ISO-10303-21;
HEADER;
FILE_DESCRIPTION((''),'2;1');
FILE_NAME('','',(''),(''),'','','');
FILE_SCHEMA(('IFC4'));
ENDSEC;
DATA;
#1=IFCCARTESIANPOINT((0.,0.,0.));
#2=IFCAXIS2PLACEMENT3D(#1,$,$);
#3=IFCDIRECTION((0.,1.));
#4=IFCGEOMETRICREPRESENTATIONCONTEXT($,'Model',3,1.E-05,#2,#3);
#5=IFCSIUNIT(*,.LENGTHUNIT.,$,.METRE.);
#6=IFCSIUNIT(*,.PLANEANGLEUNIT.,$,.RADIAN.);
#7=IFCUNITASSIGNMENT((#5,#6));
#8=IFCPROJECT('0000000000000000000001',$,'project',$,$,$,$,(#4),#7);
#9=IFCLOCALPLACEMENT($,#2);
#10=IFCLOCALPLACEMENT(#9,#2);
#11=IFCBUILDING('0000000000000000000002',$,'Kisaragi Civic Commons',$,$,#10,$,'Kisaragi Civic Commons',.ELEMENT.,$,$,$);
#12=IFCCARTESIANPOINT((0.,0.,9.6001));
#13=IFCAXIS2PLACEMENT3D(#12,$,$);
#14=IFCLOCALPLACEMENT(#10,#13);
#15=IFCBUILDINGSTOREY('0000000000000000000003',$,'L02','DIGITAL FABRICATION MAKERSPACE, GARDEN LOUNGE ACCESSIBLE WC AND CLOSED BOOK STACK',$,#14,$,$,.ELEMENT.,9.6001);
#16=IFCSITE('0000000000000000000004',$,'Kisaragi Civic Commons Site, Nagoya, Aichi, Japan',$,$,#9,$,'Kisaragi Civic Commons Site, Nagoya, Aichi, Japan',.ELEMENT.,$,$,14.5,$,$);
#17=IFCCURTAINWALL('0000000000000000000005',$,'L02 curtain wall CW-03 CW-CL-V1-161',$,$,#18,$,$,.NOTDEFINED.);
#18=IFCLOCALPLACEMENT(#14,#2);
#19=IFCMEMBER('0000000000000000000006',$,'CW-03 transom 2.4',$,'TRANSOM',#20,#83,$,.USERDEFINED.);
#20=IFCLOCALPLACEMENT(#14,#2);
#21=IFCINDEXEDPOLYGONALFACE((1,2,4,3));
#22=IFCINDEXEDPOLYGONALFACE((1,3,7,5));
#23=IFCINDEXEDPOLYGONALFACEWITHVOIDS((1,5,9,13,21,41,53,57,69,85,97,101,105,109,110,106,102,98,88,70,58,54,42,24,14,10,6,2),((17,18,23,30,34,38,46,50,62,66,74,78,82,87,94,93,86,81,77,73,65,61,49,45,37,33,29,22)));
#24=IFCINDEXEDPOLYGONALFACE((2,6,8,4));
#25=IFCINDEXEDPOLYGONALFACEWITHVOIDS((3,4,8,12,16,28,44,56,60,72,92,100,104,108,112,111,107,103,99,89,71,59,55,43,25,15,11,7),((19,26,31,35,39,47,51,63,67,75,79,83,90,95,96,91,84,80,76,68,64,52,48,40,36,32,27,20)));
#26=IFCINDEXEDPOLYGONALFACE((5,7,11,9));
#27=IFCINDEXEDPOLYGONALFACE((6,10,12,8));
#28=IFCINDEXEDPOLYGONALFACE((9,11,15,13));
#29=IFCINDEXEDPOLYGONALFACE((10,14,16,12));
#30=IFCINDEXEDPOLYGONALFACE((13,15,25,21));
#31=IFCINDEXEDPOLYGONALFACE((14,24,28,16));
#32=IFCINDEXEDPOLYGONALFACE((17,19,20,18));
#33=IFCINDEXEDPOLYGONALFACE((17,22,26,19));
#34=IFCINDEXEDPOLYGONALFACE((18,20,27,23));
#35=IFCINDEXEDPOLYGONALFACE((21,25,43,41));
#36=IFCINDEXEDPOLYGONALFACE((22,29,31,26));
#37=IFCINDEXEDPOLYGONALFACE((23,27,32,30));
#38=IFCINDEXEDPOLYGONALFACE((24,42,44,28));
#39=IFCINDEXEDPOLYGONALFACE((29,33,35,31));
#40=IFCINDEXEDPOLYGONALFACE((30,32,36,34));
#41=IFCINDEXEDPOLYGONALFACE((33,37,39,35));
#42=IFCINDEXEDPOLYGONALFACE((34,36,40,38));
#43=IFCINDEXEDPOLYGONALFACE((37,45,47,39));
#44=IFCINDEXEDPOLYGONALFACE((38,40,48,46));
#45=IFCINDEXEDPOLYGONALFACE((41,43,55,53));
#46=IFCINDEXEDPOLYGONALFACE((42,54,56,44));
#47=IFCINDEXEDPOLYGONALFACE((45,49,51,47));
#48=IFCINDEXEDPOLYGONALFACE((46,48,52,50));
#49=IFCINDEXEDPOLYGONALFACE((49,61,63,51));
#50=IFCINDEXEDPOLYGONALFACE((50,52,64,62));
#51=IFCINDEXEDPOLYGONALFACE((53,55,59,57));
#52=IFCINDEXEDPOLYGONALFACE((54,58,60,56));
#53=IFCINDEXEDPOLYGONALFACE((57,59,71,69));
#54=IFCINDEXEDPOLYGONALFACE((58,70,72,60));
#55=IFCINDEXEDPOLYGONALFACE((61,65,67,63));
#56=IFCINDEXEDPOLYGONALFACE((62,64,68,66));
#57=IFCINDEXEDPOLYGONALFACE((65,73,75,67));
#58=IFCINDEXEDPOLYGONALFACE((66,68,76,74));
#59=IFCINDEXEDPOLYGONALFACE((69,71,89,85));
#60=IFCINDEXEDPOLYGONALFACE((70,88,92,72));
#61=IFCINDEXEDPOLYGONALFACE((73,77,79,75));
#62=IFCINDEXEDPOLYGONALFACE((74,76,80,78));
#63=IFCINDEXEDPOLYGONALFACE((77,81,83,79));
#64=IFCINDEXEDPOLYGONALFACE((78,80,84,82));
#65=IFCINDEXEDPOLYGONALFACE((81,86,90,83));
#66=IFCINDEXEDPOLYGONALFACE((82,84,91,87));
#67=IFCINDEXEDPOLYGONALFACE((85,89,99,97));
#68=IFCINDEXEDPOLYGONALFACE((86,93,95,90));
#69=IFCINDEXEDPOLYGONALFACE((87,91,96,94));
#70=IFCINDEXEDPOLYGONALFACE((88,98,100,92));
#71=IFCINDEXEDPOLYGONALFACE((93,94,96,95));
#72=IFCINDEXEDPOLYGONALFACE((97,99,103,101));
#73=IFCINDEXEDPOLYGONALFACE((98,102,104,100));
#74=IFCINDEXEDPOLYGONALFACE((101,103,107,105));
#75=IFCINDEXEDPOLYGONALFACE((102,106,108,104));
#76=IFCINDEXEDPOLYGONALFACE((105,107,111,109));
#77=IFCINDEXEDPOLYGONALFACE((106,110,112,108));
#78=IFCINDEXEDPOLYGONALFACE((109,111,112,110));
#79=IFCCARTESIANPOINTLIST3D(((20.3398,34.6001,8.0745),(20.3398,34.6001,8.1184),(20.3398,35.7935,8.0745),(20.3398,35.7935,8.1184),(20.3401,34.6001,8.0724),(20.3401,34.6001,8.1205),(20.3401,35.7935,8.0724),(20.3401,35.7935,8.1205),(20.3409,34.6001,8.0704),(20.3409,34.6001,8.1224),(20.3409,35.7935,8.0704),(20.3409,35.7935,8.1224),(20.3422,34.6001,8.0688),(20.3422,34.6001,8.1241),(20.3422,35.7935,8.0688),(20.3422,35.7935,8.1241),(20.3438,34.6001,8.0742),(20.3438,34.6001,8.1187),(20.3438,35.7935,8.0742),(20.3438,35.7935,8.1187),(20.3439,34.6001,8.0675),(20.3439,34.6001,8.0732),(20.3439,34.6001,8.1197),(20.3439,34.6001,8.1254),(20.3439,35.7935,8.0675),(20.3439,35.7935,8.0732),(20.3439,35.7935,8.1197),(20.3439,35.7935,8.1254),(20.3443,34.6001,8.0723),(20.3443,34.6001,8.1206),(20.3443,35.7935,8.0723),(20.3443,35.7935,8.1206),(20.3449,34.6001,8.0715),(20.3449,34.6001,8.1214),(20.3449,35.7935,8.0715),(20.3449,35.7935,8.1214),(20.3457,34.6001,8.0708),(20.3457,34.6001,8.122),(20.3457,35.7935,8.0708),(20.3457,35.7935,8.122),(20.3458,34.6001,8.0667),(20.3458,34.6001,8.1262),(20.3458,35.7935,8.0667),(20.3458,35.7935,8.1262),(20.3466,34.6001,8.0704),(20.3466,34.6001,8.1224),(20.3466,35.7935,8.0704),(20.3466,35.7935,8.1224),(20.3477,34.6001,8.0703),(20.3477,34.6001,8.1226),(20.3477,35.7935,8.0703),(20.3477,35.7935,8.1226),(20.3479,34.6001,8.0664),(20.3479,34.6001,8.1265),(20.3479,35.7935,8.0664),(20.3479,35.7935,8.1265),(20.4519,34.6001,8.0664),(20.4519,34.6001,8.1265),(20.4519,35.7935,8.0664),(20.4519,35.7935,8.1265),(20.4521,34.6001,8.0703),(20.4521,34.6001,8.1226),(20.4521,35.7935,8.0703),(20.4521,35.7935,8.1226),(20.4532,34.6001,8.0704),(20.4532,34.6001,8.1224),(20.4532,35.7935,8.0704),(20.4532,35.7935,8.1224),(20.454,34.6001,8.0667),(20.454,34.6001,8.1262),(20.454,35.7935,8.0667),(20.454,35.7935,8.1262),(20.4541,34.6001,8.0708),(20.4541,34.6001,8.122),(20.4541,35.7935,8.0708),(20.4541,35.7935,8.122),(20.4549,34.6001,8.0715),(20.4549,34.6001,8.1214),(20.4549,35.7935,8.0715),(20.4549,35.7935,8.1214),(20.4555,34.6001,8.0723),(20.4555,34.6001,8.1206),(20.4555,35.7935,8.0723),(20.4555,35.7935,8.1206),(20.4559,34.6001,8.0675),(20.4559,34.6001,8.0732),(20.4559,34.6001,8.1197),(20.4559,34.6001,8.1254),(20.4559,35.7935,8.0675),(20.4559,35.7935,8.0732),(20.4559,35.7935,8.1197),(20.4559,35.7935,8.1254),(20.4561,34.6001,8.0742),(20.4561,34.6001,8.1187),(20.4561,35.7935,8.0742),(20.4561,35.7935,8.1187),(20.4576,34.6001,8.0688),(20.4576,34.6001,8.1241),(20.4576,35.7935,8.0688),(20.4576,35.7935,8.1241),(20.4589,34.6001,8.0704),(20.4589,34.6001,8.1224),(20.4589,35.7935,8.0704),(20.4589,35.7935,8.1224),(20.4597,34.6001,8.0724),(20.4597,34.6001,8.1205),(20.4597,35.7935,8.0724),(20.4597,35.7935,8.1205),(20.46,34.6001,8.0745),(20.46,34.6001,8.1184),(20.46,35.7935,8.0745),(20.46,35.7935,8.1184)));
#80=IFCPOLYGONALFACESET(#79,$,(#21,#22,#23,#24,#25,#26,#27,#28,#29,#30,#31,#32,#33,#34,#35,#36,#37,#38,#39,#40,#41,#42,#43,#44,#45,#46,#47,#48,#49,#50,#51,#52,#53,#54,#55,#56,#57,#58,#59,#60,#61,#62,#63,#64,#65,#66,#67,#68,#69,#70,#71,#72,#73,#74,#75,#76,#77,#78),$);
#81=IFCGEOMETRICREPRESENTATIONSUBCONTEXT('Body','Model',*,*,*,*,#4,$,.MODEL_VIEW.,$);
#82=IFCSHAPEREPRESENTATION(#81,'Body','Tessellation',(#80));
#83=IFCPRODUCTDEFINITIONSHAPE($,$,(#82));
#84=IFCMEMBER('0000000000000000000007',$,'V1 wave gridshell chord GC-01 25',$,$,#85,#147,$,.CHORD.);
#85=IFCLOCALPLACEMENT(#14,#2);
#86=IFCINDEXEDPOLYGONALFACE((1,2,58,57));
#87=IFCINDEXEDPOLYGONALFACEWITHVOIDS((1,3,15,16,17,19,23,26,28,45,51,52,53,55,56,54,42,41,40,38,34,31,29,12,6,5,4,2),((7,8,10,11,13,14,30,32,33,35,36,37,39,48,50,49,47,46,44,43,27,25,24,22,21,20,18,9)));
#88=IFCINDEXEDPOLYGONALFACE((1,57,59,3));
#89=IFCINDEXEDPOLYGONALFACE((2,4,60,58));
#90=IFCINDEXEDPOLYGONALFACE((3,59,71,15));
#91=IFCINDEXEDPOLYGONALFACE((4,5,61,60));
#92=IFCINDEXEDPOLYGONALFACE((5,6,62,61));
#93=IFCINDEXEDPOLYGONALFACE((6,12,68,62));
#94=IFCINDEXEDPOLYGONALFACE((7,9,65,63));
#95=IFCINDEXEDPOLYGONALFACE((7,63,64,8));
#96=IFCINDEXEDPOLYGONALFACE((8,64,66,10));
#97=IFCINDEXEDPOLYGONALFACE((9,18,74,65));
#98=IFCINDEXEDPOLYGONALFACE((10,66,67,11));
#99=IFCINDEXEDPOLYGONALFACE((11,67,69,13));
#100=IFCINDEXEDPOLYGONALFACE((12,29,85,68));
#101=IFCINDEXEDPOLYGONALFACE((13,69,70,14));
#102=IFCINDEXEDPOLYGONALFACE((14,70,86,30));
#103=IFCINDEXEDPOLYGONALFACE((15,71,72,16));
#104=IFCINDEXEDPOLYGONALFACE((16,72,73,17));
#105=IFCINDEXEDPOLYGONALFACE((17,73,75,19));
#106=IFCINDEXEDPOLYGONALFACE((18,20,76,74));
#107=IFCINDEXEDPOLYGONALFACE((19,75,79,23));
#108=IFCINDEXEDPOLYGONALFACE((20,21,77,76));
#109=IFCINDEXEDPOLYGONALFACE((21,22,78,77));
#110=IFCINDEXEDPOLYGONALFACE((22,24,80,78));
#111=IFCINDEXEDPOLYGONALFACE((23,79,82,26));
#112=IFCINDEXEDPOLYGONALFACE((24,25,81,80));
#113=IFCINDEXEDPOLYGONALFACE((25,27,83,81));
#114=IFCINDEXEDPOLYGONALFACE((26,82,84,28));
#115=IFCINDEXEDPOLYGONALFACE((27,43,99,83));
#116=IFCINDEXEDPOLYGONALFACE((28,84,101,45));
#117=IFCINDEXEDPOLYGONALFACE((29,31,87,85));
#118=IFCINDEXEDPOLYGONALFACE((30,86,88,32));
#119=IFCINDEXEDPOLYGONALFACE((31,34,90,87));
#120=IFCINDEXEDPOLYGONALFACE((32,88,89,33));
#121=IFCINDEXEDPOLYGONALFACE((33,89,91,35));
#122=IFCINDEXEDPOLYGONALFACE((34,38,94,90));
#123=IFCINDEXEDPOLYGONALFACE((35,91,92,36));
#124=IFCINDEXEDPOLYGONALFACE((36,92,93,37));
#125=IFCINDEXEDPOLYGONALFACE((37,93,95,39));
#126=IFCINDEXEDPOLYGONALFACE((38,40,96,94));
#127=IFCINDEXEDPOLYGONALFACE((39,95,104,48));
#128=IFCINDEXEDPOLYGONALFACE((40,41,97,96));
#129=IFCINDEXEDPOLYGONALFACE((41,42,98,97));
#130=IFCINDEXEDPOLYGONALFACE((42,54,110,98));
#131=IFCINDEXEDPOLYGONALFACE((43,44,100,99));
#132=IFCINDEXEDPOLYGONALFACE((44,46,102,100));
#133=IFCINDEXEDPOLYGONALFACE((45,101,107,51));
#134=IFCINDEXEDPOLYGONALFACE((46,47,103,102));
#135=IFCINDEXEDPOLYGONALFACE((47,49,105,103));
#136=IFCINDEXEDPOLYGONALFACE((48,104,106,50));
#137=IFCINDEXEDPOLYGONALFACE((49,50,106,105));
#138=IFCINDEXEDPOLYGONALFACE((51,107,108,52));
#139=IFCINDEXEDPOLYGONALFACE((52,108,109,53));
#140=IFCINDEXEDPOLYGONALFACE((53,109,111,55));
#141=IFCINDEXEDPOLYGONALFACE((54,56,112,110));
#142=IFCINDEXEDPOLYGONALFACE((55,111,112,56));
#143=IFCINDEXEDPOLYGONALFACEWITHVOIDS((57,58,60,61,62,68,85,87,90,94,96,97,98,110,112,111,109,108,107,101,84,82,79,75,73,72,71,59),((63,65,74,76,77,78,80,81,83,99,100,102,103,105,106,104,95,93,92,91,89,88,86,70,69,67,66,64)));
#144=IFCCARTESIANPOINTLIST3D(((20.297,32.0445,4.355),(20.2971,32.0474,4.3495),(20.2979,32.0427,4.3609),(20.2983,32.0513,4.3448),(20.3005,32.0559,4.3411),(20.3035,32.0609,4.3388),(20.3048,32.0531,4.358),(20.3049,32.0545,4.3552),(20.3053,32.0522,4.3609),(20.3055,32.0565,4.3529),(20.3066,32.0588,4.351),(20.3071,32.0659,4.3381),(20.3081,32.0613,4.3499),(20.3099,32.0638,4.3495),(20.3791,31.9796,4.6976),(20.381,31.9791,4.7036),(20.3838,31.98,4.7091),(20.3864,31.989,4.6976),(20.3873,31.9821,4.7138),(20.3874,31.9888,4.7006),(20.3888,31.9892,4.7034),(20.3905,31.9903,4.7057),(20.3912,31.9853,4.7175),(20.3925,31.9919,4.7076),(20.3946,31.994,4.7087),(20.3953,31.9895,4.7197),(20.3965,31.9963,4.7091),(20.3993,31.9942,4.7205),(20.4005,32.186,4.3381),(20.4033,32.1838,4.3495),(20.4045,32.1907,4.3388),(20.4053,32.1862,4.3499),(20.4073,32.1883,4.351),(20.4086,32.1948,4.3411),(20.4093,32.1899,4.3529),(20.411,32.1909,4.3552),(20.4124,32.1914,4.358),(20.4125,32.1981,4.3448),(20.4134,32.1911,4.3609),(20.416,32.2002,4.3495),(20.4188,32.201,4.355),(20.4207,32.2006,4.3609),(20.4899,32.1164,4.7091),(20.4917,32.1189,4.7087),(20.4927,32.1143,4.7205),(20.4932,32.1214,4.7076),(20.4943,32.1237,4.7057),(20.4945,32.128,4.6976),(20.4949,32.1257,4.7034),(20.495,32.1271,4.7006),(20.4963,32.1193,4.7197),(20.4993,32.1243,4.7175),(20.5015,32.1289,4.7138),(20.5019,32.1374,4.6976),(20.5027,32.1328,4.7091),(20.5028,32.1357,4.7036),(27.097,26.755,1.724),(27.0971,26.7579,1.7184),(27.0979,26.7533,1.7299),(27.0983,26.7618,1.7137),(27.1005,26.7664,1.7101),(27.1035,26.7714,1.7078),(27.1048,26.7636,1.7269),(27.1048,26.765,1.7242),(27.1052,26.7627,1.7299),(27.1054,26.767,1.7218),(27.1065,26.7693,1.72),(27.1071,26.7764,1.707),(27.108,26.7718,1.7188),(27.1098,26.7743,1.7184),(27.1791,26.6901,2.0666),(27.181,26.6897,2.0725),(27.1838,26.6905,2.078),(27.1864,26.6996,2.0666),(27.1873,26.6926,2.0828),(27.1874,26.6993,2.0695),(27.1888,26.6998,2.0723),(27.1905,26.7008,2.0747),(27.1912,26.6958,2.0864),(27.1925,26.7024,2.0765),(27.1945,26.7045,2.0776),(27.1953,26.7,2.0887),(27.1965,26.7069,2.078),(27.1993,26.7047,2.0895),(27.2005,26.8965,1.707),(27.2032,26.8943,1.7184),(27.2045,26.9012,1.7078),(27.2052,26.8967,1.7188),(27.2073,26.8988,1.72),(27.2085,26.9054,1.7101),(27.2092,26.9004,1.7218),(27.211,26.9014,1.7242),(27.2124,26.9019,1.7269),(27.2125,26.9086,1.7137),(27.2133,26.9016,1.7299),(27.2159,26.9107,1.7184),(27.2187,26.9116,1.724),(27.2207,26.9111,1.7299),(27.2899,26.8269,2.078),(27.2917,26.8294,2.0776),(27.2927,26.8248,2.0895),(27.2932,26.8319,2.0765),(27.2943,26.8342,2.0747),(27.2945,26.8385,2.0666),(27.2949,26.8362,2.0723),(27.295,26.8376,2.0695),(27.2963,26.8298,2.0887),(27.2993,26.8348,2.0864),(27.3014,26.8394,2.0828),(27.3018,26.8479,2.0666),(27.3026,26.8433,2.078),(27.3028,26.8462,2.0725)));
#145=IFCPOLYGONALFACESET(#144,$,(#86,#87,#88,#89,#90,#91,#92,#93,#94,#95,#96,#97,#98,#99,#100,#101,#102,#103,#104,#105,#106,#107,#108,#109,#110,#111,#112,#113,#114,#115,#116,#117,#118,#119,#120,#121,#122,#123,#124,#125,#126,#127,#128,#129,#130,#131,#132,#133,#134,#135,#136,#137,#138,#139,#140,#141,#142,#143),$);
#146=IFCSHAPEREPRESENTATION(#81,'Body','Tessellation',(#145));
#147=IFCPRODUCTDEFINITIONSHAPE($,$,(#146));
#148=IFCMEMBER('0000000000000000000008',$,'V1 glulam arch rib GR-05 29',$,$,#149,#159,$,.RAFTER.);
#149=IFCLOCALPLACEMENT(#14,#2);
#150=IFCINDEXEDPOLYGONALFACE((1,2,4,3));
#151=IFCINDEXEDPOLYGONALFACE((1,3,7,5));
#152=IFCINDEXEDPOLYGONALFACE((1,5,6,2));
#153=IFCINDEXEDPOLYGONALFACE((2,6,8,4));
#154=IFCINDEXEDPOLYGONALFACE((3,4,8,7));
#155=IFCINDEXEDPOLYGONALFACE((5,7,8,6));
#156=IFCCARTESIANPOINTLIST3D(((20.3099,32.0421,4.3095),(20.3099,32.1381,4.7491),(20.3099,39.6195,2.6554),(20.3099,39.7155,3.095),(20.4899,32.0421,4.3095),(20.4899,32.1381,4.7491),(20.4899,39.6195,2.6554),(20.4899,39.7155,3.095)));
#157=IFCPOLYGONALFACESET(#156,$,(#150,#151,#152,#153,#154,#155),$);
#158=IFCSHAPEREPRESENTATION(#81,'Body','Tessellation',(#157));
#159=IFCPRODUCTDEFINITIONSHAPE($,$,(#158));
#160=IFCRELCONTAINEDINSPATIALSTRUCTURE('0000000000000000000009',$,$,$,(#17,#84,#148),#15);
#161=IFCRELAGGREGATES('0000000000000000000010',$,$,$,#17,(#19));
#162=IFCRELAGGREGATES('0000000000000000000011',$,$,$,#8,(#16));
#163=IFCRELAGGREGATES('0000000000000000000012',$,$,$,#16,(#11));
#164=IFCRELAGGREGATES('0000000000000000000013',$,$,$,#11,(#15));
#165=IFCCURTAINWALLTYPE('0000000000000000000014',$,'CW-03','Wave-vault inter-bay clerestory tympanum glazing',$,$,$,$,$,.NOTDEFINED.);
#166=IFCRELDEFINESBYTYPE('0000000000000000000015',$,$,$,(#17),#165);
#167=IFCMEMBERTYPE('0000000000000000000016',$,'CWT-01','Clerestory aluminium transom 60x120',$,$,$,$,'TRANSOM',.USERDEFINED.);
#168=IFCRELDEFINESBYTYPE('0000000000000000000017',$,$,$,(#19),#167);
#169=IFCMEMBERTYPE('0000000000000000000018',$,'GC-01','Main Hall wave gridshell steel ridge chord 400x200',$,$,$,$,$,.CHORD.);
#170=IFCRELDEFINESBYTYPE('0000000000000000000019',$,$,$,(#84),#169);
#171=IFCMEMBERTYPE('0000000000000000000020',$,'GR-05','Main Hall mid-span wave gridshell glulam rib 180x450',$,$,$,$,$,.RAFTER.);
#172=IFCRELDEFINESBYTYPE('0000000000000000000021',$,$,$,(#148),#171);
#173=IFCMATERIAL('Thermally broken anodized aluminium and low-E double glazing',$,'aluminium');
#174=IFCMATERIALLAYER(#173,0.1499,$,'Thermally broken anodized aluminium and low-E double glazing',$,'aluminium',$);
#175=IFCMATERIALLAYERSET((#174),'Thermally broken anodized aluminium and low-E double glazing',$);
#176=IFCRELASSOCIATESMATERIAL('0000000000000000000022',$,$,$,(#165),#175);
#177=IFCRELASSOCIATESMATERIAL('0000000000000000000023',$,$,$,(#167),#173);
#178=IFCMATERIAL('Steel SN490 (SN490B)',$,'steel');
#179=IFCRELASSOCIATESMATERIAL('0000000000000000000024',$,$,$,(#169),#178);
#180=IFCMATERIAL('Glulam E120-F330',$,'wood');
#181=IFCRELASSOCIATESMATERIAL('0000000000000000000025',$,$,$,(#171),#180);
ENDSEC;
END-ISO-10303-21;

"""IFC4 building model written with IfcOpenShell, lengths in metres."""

from ifc_helpers import new_model, si_unit, direction, frame, origin, origin_2d, place, context, subcontext, project, spatial, rectangle, hollow_rectangle, extrude, material, layer, layer_set, material_profile, profile_set, type_object, element, aggregate, save


model = new_model("IFC4")

# Units and contexts
model_context = context("Model", 3, precision=1e-05, world=origin(), true_north=direction((0.0, 1.0)))
body_context = subcontext(model_context, "Body", "Model", "MODEL_VIEW")
ifc_project = project(units=[si_unit("LENGTHUNIT", "METRE"), si_unit("PLANEANGLEUNIT", "RADIAN")], contexts=[model_context])

# Site, building, storey
site_placement = place(None, origin())
site = spatial("IfcSite", under=ifc_project, at=site_placement, Name="Kisaragi Civic Commons Site, Nagoya, Aichi, Japan", LongName="Kisaragi Civic Commons Site, Nagoya, Aichi, Japan", CompositionType="ELEMENT", RefElevation=14.5)
building_placement = place(site_placement, origin())
building = spatial("IfcBuilding", under=site, at=building_placement, Name="Kisaragi Civic Commons", LongName="Kisaragi Civic Commons", CompositionType="ELEMENT")
storey_placement = place(building_placement, frame((0.0, 0.0, 9.6001)))
storey = spatial("IfcBuildingStorey", under=building, at=storey_placement, Name="L02", Description="DIGITAL FABRICATION MAKERSPACE, GARDEN LOUNGE ACCESSIBLE WC AND CLOSED BOOK STACK", CompositionType="ELEMENT", Elevation=9.6001)

# Curtain wall
ifc_material_1 = material(Name="Thermally broken anodized aluminium and low-E double glazing", Category="aluminium")
ifc_layer_1 = layer(ifc_material_1, 0.1499, Name="Thermally broken anodized aluminium and low-E double glazing", Category="aluminium")
ifc_layer_set_1 = layer_set([ifc_layer_1], Name="Thermally broken anodized aluminium and low-E double glazing")
curtain_wall_type = type_object("IfcCurtainWallType", Name="CW-03", Description="Wave-vault inter-bay clerestory tympanum glazing", PredefinedType="NOTDEFINED", material=ifc_layer_set_1)
curtain_wall_1_placement = place(storey_placement, origin())
curtain_wall_1 = element("IfcCurtainWall", 1, at=curtain_wall_1_placement, inside=storey, type_object=curtain_wall_type, Name="L02 curtain wall CW-03 CW-CL-V1-161", PredefinedType="NOTDEFINED")

# Member
ifc_material_profile_1 = material_profile(ifc_material_1, hollow_rectangle(XDim=0.1201, YDim=0.0601, WallThickness=0.0039, InnerFilletRadius=0.0039, OuterFilletRadius=0.0081, at=origin_2d()), Name="CWT-60x120x4", Category="aluminium")
ifc_profile_set_1 = profile_set([ifc_material_profile_1], Name="Thermally broken anodized aluminium and low-E double glazing")
member_type_1 = type_object("IfcMemberType", Name="CWT-01", Description="Clerestory aluminium transom 60x120", ElementType="TRANSOM", PredefinedType="USERDEFINED", material=ifc_profile_set_1)
member_1_placement = place(storey_placement, frame((20.3999, 34.6001, 8.0964), z_axis=(0.0, 1.0, 0.0), x_axis=(-1.0, 0.0, 0.0)))
member_1 = element("IfcMember", 2, at=member_1_placement, type_object=member_type_1, Name="CW-03 transom 2.4", ObjectType="TRANSOM", PredefinedType="USERDEFINED", context=body_context, shape_type="SweptSolid", body=[
    extrude(hollow_rectangle(XDim=0.1201, YDim=0.0601, WallThickness=0.0039, InnerFilletRadius=0.0039, OuterFilletRadius=0.0081, at=origin_2d()), origin(), (0.0, 0.0, 1.0), 1.1934),
])

# Members
ifc_material_2 = material(Name="Steel SN490 (SN490B)", Category="steel")
ifc_material_profile_2 = material_profile(ifc_material_2, hollow_rectangle(XDim=0.2, YDim=0.3999, WallThickness=0.012, InnerFilletRadius=0.012, OuterFilletRadius=0.0239, at=origin_2d()), Name="STKR-400x200x12", Category="steel")
ifc_profile_set_2 = profile_set([ifc_material_profile_2], Name="Steel SN490 (SN490B)")
member_type_2 = type_object("IfcMemberType", Name="GC-01", Description="Main Hall wave gridshell steel ridge chord 400x200", PredefinedType="CHORD", material=ifc_profile_set_2)
member_2_placement = place(storey_placement, frame((20.3999, 32.0901, 4.5293), z_axis=(0.754896, -0.587211, -0.292088), x_axis=(0.613986, 0.789317, 0.0)))
element("IfcMember", 3, at=member_2_placement, inside=storey, type_object=member_type_2, Name="V1 wave gridshell chord GC-01 25", PredefinedType="CHORD", context=body_context, shape_type="SweptSolid", body=[
    extrude(hollow_rectangle(XDim=0.2, YDim=0.3999, WallThickness=0.012, InnerFilletRadius=0.012, OuterFilletRadius=0.0239, at=origin_2d()), origin(), (0.0, 0.0, 1.0), 9.0078),
])
ifc_material_3 = material(Name="Glulam E120-F330", Category="wood")
ifc_material_profile_3 = material_profile(ifc_material_3, rectangle(XDim=0.1799, YDim=0.45, at=origin_2d()), Name="GL-180x450", Category="wood")
ifc_profile_set_3 = profile_set([ifc_material_profile_3], Name="Glulam E120-F330")
member_type_3 = type_object("IfcMemberType", Name="GR-05", Description="Main Hall mid-span wave gridshell glulam rib 180x450", PredefinedType="RAFTER", material=ifc_profile_set_3)
member_3_placement = place(storey_placement, frame((20.3999, 32.0901, 4.5293), z_axis=(0.0, 0.976994, -0.213266), x_axis=(-1.0, 0.0, 0.0)))
element("IfcMember", 4, at=member_3_placement, inside=storey, type_object=member_type_3, Name="V1 glulam arch rib GR-05 29", PredefinedType="RAFTER", context=body_context, shape_type="SweptSolid", body=[
    extrude(rectangle(XDim=0.1799, YDim=0.45, at=origin_2d()), origin(), (0.0, 0.0, 1.0), 7.7559),
])

aggregate(curtain_wall_1, [member_1])

save(model, "model.ifc")
